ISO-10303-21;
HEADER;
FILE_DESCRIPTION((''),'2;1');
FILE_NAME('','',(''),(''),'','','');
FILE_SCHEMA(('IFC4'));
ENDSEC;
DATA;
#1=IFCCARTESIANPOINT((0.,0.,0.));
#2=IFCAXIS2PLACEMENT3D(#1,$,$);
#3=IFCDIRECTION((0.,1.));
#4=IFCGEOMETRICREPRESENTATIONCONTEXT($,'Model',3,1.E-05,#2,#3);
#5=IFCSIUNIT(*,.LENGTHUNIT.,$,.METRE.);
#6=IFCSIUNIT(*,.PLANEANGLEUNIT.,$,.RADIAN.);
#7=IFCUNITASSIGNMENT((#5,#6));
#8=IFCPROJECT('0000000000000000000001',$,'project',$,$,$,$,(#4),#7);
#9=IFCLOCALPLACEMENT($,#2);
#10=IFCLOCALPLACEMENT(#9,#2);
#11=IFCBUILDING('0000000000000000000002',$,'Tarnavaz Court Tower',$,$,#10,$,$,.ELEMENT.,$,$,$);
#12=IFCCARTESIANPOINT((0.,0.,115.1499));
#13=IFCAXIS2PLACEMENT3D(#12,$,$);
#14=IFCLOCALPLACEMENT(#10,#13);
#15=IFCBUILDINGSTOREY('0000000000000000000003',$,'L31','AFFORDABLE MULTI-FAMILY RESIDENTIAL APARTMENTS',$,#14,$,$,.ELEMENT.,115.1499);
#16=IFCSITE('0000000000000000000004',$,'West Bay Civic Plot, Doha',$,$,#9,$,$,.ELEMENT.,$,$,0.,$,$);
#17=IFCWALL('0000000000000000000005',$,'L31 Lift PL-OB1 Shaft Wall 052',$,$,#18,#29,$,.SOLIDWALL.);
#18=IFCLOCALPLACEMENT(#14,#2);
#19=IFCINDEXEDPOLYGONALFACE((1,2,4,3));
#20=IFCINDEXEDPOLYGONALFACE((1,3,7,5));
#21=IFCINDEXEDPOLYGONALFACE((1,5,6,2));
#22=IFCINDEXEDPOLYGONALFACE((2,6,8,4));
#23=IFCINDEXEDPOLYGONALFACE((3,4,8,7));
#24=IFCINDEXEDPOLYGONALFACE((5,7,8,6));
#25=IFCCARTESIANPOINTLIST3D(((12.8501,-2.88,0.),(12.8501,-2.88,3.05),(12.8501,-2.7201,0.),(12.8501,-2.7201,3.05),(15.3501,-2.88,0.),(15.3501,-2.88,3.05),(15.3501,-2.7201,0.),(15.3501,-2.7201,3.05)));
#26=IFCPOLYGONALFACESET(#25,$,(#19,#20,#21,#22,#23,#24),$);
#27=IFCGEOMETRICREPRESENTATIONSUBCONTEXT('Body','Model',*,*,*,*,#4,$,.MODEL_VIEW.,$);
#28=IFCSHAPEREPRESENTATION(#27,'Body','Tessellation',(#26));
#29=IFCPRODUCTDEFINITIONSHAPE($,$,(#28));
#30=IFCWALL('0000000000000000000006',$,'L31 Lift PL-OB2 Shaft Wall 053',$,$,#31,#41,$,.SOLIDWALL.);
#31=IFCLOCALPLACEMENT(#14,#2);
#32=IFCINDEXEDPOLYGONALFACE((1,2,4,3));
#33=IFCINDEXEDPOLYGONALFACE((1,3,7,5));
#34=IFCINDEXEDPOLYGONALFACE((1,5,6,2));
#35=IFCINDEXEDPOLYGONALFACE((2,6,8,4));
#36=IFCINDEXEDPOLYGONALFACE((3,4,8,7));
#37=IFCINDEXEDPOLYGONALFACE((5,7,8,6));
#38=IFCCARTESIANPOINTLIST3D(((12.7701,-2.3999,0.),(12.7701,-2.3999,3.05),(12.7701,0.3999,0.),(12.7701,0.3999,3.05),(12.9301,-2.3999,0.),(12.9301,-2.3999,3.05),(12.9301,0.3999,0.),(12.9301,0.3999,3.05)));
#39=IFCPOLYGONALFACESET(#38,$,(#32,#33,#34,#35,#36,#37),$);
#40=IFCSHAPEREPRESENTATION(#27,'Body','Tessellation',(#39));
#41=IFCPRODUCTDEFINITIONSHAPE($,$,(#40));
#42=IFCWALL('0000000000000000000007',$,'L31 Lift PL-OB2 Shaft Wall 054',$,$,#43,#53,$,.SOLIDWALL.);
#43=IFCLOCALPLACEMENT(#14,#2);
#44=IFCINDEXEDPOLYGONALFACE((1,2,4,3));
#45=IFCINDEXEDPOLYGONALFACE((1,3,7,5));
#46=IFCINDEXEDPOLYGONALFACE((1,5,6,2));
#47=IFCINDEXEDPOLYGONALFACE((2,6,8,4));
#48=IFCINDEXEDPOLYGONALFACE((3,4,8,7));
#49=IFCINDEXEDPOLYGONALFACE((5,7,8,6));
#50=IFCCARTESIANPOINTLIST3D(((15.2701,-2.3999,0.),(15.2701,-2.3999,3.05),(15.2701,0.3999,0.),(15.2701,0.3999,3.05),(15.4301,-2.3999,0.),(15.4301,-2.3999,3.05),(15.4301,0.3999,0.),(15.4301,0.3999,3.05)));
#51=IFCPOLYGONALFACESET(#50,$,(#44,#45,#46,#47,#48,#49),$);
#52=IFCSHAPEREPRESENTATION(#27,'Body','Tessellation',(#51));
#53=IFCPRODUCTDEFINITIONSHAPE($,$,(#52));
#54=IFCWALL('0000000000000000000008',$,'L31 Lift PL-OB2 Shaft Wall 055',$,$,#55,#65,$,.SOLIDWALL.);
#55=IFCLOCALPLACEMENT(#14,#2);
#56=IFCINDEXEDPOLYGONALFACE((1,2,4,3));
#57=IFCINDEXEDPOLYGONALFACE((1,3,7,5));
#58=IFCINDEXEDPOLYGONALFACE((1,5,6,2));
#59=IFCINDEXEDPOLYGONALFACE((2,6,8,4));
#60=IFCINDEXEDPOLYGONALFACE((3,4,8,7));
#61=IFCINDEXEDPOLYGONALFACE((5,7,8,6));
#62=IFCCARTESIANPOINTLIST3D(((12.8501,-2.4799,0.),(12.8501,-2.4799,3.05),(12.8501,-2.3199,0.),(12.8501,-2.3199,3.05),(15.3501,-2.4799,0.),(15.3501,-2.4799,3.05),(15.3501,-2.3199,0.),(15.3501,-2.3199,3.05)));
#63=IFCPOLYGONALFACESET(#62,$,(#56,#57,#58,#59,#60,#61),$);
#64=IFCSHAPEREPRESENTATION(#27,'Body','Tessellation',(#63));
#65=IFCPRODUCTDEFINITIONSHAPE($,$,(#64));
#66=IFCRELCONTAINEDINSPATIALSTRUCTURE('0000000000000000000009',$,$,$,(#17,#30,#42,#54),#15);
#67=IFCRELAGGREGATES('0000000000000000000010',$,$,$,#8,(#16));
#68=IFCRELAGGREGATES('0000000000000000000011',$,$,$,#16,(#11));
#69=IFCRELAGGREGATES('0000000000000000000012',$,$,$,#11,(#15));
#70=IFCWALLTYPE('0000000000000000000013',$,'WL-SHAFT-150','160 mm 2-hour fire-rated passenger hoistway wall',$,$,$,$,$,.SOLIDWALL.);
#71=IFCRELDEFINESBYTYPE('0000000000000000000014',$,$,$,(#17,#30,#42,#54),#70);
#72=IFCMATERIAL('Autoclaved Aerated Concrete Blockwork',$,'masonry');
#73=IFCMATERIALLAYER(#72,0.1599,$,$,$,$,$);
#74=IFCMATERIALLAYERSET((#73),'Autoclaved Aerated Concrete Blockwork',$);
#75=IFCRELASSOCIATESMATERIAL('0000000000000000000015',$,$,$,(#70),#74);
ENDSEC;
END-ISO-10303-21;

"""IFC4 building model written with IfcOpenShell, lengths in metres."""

from ifc_helpers import new_model, si_unit, direction, frame, frame_2d, origin, place, context, subcontext, project, spatial, rectangle, extrude, material, layer, layer_set, type_object, element, save


model = new_model("IFC4")

# Units and contexts
model_context = context("Model", 3, precision=1e-05, world=origin(), true_north=direction((0.0, 1.0)))
body_context = subcontext(model_context, "Body", "Model", "MODEL_VIEW")
ifc_project = project(units=[si_unit("LENGTHUNIT", "METRE"), si_unit("PLANEANGLEUNIT", "RADIAN")], contexts=[model_context])

# Site, building, storey
site_placement = place(None, origin())
site = spatial("IfcSite", under=ifc_project, at=site_placement, Name="West Bay Civic Plot, Doha", CompositionType="ELEMENT", RefElevation=0.0)
building_placement = place(site_placement, origin())
building = spatial("IfcBuilding", under=site, at=building_placement, Name="Tarnavaz Court Tower", CompositionType="ELEMENT")
storey_placement = place(building_placement, frame((0.0, 0.0, 115.1499)))
storey = spatial("IfcBuildingStorey", under=building, at=storey_placement, Name="L31", Description="AFFORDABLE MULTI-FAMILY RESIDENTIAL APARTMENTS", CompositionType="ELEMENT", Elevation=115.1499)

# Walls
ifc_material_1 = material(Name="Autoclaved Aerated Concrete Blockwork", Category="masonry")
ifc_layer_1 = layer(ifc_material_1, 0.1599)
ifc_layer_set_1 = layer_set([ifc_layer_1], Name="Autoclaved Aerated Concrete Blockwork")
wall_type_1 = type_object("IfcWallType", Name="WL-SHAFT-150", Description="160 mm 2-hour fire-rated passenger hoistway wall", PredefinedType="SOLIDWALL", material=ifc_layer_set_1)
for number, where, z_axis, x_axis, name in (
    (1, (12.8501, -2.8, 0.0), (0.0, 0.0, 1.0), (1.0, 0.0, 0.0), "L31 Lift PL-OB1 Shaft Wall 052"),
):
    element("IfcWall", number, at=place(storey_placement, frame(where, z_axis=z_axis, x_axis=x_axis)), inside=storey, type_object=wall_type_1, Name=name, PredefinedType="SOLIDWALL", context=body_context, shape_type="SweptSolid", body=[
        extrude(rectangle(XDim=2.5, YDim=0.1599, at=frame_2d((1.25, 0.0))), origin(), (0.0, 0.0, 1.0), 3.05),
    ])
for number, where, z_axis, x_axis, name in (
    (2, (12.8501, -2.3999, 0.0), (0.0, 0.0, 1.0), (0.0, 1.0, 0.0), "L31 Lift PL-OB2 Shaft Wall 053"),
    (3, (15.3501, -2.3999, 0.0), (0.0, 0.0, 1.0), (0.0, 1.0, 0.0), "L31 Lift PL-OB2 Shaft Wall 054"),
):
    element("IfcWall", number, at=place(storey_placement, frame(where, z_axis=z_axis, x_axis=x_axis)), inside=storey, type_object=wall_type_1, Name=name, PredefinedType="SOLIDWALL", context=body_context, shape_type="SweptSolid", body=[
        extrude(rectangle(XDim=2.7998, YDim=0.1599, at=frame_2d((1.3999, 0.0))), origin(), (0.0, 0.0, 1.0), 3.05),
    ])
wall_1_placement = place(storey_placement, frame((12.8501, -2.3999, 0.0), z_axis=(0.0, 0.0, 1.0), x_axis=(1.0, 0.0, 0.0)))
element("IfcWall", 4, at=wall_1_placement, inside=storey, type_object=wall_type_1, Name="L31 Lift PL-OB2 Shaft Wall 055", PredefinedType="SOLIDWALL", context=body_context, shape_type="SweptSolid", body=[
    extrude(rectangle(XDim=2.5, YDim=0.1599, at=frame_2d((1.25, 0.0))), origin(), (0.0, 0.0, 1.0), 3.05),
])

save(model, "model.ifc")
